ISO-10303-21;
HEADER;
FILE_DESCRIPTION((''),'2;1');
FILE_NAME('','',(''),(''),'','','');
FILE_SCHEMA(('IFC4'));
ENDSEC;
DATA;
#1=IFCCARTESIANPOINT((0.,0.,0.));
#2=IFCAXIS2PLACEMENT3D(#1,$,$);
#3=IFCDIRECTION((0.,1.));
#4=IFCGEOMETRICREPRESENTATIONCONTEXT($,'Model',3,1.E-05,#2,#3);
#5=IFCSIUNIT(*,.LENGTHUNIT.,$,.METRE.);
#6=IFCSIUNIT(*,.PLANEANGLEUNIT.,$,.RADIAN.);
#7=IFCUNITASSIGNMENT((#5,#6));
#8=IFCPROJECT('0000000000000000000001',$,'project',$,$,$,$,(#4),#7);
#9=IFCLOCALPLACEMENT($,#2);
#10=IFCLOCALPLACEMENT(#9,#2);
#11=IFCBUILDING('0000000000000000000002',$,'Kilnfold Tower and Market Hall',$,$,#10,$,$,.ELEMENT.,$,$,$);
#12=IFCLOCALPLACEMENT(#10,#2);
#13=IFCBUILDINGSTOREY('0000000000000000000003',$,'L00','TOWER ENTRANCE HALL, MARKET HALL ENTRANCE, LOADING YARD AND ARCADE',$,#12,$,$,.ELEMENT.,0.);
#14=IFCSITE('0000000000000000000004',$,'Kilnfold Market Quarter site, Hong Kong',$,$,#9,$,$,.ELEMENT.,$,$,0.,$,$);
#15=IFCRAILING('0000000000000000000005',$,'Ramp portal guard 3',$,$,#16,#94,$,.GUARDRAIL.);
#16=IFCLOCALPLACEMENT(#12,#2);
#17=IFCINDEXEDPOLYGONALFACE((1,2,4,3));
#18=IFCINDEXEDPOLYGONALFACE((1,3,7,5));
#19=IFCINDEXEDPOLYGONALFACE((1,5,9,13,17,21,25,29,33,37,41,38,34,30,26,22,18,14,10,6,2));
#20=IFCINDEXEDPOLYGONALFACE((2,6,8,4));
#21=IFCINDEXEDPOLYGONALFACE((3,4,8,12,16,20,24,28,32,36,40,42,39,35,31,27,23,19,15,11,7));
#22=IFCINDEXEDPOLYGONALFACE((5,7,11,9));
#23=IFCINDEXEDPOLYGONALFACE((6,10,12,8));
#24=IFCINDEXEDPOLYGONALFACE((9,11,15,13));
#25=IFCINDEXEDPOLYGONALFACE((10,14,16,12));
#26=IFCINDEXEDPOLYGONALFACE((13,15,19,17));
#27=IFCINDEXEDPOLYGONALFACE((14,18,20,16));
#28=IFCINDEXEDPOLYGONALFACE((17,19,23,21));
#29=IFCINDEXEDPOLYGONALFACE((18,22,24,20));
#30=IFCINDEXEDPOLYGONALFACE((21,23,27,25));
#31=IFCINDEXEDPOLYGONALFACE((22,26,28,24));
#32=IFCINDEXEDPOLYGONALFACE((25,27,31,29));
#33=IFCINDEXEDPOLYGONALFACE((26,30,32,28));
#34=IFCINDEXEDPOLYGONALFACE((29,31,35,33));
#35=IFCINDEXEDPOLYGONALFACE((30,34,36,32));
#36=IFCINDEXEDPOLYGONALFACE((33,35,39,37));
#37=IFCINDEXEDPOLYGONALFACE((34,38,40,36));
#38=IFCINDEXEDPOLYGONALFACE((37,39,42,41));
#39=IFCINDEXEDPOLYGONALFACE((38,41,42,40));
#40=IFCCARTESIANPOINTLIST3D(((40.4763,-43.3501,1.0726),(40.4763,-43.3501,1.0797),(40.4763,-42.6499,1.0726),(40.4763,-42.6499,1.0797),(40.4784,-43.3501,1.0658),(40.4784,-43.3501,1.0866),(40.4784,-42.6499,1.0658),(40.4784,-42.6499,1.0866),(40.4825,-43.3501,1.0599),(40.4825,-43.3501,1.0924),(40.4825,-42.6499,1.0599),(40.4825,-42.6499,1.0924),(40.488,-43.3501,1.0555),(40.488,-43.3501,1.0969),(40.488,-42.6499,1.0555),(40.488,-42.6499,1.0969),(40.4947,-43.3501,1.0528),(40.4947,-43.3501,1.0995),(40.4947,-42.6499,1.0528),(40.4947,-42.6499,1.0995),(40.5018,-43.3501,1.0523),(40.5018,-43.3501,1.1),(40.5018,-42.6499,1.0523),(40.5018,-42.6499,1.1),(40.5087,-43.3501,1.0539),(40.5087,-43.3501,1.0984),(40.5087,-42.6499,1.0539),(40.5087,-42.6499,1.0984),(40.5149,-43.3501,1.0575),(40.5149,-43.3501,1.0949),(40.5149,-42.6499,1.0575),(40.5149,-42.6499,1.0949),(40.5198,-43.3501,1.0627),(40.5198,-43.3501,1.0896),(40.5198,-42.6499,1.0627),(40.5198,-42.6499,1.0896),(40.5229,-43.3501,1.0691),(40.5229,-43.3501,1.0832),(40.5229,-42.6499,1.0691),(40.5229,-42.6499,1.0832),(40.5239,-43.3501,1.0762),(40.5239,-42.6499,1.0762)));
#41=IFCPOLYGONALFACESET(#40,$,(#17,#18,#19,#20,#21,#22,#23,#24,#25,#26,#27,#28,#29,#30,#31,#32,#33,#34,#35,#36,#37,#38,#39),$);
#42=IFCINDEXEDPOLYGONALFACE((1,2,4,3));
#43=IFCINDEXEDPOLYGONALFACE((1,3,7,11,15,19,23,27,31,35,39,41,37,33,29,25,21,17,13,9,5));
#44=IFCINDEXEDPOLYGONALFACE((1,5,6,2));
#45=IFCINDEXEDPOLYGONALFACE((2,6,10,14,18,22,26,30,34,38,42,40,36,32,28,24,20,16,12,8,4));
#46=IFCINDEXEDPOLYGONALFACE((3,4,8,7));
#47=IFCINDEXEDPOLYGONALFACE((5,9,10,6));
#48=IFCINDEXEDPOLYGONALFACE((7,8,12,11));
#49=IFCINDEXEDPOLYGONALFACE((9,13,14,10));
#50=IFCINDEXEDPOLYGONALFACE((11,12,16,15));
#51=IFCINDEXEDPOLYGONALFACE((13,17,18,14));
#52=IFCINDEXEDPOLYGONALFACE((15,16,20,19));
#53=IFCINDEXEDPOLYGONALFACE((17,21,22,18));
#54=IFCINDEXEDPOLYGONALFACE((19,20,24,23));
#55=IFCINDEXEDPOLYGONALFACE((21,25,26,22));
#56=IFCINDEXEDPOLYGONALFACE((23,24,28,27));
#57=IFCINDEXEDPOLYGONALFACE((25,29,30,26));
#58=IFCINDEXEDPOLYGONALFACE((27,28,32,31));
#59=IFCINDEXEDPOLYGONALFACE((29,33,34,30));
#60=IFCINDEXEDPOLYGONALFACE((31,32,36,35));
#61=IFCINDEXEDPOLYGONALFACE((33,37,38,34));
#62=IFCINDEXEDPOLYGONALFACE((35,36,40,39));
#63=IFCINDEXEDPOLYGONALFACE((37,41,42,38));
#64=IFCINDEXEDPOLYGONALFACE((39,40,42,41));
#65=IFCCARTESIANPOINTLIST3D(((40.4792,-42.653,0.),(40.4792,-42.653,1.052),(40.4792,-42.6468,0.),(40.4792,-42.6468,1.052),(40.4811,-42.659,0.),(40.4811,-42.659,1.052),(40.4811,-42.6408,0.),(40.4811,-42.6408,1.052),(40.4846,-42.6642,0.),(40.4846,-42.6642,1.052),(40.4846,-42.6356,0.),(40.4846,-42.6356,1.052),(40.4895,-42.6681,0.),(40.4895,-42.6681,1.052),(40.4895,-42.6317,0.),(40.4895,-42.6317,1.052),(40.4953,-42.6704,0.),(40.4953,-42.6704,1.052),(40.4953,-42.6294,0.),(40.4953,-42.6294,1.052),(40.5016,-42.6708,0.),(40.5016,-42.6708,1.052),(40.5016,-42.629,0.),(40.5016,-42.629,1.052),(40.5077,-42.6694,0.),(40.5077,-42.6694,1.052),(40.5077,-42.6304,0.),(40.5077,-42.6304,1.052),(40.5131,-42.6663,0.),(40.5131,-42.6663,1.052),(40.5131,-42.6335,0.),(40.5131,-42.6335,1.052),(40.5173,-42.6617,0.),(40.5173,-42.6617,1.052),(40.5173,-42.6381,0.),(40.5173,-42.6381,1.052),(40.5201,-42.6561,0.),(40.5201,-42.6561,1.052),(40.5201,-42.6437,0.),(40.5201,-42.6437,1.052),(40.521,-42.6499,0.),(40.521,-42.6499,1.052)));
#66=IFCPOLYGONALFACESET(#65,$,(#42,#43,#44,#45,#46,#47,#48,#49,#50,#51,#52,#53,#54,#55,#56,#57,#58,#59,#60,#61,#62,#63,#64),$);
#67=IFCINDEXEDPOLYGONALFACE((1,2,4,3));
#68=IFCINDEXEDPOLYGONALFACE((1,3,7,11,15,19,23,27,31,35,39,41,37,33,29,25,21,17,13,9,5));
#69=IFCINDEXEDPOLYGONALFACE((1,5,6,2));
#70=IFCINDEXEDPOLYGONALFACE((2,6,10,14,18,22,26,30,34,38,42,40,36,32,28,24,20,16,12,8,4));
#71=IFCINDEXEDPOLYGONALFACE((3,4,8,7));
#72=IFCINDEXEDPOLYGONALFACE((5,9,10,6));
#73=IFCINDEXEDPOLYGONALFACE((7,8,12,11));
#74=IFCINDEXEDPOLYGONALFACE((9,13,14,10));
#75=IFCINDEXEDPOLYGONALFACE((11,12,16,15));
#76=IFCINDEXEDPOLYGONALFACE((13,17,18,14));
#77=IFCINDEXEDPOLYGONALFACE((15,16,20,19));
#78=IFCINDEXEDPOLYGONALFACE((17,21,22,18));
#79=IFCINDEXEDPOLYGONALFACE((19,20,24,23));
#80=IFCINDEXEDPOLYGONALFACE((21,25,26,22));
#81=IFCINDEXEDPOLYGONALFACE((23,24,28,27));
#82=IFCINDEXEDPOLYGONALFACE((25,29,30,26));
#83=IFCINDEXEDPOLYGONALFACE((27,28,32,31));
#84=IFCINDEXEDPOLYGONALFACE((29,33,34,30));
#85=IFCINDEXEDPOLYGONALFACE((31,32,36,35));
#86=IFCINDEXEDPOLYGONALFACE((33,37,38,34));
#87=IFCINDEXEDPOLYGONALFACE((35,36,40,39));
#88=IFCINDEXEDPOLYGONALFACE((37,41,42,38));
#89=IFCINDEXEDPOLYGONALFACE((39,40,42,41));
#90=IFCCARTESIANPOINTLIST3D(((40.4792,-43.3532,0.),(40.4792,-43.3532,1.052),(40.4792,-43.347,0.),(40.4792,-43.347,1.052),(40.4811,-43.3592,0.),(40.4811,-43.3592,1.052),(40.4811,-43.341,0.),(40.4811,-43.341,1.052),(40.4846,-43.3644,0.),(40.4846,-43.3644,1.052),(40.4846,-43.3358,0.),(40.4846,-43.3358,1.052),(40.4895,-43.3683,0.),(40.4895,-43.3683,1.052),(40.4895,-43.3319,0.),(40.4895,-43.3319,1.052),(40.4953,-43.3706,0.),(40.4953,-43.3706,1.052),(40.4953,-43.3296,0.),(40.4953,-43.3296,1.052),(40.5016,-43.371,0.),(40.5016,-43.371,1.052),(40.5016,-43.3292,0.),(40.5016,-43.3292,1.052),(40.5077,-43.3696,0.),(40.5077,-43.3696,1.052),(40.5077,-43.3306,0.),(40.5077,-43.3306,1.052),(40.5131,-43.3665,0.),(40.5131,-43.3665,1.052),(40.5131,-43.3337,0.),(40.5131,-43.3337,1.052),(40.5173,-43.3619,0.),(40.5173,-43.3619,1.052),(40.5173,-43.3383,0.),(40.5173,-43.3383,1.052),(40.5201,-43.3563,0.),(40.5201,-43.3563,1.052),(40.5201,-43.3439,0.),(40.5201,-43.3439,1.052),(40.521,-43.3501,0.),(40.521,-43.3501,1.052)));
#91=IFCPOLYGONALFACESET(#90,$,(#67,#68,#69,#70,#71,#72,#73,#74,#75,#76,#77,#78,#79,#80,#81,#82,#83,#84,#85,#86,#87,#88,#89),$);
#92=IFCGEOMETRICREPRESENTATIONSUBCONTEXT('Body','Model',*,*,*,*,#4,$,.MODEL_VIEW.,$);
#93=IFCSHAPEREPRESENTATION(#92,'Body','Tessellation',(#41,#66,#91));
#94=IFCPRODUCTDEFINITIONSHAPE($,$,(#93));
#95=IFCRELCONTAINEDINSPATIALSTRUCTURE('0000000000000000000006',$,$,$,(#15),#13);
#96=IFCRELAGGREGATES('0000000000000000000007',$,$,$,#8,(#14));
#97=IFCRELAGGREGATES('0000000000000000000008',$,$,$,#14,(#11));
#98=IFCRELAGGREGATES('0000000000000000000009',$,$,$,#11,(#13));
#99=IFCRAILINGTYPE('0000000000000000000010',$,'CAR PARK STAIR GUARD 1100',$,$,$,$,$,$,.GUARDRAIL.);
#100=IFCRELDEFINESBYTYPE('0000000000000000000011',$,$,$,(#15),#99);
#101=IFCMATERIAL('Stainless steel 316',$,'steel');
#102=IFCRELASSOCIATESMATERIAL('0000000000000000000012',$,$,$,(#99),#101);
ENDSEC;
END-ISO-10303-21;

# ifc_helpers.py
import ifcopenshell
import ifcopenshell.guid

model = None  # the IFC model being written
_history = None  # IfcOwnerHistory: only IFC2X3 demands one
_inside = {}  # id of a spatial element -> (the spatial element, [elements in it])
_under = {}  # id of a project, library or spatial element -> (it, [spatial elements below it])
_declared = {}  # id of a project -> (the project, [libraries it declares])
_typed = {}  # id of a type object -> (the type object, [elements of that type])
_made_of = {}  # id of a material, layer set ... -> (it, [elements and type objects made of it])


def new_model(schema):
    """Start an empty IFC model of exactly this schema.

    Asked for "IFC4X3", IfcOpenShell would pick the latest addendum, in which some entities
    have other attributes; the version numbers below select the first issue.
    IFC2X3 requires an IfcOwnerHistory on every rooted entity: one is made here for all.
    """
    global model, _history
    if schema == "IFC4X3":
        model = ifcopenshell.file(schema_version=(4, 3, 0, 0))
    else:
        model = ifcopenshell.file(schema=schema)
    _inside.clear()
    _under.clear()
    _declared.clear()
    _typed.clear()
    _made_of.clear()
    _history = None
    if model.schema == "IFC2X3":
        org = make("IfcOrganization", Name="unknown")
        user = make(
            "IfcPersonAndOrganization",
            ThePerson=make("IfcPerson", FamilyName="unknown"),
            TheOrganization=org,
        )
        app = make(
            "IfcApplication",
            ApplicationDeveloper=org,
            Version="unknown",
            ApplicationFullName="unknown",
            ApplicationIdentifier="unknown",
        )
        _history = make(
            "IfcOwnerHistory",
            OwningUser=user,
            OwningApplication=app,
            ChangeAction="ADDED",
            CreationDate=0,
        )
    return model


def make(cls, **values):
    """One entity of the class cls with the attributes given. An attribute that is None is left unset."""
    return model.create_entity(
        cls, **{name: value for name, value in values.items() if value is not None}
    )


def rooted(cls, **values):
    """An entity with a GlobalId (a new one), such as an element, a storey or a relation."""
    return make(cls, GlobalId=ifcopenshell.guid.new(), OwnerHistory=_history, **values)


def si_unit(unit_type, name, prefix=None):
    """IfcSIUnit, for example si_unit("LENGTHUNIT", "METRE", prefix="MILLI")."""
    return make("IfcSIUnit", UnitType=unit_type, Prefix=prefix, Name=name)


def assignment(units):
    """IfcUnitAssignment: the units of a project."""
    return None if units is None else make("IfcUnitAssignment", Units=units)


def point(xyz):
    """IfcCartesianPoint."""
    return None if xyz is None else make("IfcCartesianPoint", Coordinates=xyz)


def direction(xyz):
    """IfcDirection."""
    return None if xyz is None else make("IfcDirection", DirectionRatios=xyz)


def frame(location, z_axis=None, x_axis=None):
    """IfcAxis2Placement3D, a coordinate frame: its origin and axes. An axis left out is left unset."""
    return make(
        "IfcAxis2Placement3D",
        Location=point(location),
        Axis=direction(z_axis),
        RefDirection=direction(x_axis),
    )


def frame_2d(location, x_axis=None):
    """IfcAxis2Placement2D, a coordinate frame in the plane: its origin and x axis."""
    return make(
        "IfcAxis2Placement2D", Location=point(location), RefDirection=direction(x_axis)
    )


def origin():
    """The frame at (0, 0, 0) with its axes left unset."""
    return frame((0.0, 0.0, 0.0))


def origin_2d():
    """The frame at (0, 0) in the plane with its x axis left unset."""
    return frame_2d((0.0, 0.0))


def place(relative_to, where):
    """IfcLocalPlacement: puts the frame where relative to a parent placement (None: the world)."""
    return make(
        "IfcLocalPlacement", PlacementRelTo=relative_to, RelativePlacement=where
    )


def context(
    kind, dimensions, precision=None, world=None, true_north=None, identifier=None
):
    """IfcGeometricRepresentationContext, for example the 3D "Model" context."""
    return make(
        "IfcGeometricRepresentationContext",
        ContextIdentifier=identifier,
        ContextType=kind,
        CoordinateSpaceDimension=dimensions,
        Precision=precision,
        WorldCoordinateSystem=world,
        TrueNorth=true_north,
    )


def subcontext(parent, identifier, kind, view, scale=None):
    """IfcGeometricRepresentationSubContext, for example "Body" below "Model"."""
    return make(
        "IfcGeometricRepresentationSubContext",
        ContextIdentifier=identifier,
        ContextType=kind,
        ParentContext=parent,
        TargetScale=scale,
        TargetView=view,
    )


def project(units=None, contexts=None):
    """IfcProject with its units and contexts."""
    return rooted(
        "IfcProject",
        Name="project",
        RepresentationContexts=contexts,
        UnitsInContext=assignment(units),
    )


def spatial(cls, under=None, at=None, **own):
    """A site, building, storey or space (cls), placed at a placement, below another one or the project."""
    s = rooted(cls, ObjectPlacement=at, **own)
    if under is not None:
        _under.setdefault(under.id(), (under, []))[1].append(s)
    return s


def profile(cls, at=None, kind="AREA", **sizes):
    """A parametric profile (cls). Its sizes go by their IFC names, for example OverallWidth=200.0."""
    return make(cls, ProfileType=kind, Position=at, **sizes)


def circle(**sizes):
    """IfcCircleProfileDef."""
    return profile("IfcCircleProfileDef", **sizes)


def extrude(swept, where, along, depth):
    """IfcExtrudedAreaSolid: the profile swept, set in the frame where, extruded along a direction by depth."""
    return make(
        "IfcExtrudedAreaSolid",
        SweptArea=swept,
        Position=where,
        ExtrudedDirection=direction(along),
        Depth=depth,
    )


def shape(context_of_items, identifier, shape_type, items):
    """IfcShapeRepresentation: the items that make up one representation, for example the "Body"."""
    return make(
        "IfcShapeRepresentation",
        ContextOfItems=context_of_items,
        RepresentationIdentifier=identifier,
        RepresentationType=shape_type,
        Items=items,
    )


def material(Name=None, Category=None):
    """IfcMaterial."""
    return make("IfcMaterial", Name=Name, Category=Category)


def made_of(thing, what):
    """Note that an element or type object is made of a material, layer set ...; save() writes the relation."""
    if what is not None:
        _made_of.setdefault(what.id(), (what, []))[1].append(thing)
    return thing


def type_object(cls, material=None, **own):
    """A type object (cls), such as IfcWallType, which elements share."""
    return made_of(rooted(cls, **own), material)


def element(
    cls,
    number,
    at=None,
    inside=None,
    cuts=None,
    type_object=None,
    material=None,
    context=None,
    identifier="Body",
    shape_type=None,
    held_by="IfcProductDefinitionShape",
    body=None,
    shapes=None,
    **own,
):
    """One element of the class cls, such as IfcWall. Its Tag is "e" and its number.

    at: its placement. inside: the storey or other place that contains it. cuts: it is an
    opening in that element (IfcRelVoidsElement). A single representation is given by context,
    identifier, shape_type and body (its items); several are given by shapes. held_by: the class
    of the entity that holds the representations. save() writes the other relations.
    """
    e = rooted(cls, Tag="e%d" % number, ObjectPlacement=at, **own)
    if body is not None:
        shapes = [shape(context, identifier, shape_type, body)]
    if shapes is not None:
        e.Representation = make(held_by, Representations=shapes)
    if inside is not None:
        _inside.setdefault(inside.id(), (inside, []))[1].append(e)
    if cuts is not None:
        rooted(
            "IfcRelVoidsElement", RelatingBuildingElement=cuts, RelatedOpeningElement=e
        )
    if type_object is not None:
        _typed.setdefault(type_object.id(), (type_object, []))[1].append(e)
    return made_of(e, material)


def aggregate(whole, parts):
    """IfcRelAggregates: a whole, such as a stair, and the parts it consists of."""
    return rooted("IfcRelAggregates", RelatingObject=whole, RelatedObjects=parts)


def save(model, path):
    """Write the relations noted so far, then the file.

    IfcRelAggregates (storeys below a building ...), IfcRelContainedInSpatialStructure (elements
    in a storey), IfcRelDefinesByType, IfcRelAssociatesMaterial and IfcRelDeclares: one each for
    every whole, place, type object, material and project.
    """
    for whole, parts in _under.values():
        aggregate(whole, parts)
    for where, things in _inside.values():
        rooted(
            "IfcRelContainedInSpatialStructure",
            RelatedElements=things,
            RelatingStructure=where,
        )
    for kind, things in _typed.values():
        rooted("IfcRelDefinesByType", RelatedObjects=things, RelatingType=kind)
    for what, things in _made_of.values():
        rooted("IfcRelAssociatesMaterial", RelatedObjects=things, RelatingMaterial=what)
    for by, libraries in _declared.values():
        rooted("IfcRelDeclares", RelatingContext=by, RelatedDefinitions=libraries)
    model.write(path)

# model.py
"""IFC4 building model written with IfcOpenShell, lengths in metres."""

from ifc_helpers import new_model, si_unit, direction, frame, origin, origin_2d, place, context, subcontext, project, spatial, circle, extrude, material, type_object, element, save


model = new_model("IFC4")

# Units and contexts
model_context = context("Model", 3, precision=1e-05, world=origin(), true_north=direction((0.0, 1.0)))
body_context = subcontext(model_context, "Body", "Model", "MODEL_VIEW")
ifc_project = project(units=[si_unit("LENGTHUNIT", "METRE"), si_unit("PLANEANGLEUNIT", "RADIAN")], contexts=[model_context])

# Site, building, storey
site_placement = place(None, origin())
site = spatial("IfcSite", under=ifc_project, at=site_placement, Name="Kilnfold Market Quarter site, Hong Kong", CompositionType="ELEMENT", RefElevation=0.0)
building_placement = place(site_placement, origin())
building = spatial("IfcBuilding", under=site, at=building_placement, Name="Kilnfold Tower and Market Hall", CompositionType="ELEMENT")
storey_placement = place(building_placement, origin())
storey = spatial("IfcBuildingStorey", under=building, at=storey_placement, Name="L00", Description="TOWER ENTRANCE HALL, MARKET HALL ENTRANCE, LOADING YARD AND ARCADE", CompositionType="ELEMENT", Elevation=0.0)

# Railing
ifc_material_1 = material(Name="Stainless steel 316", Category="steel")
railing_type_1 = type_object("IfcRailingType", Name="CAR PARK STAIR GUARD 1100", PredefinedType="GUARDRAIL", material=ifc_material_1)
railing_1_placement = place(storey_placement, frame((40.5, -42.6499, 0.0)))
element("IfcRailing", 1, at=railing_1_placement, inside=storey, type_object=railing_type_1, Name="Ramp portal guard 3", PredefinedType="GUARDRAIL", context=body_context, shape_type="SweptSolid", body=[
    extrude(circle(Radius=0.0239, at=origin_2d()), frame((0.0, 0.0, 1.0762), z_axis=(0.0, -1.0, 0.0), x_axis=(1.0, 0.0, 0.0)), (0.0, 0.0, 1.0), 0.7002),
    extrude(circle(Radius=0.021, at=origin_2d()), origin(), (0.0, 0.0, 1.0), 1.052),
    extrude(circle(Radius=0.021, at=origin_2d()), frame((0.0, -0.7002, 0.0)), (0.0, 0.0, 1.0), 1.052),
])

save(model, "model.ifc")
